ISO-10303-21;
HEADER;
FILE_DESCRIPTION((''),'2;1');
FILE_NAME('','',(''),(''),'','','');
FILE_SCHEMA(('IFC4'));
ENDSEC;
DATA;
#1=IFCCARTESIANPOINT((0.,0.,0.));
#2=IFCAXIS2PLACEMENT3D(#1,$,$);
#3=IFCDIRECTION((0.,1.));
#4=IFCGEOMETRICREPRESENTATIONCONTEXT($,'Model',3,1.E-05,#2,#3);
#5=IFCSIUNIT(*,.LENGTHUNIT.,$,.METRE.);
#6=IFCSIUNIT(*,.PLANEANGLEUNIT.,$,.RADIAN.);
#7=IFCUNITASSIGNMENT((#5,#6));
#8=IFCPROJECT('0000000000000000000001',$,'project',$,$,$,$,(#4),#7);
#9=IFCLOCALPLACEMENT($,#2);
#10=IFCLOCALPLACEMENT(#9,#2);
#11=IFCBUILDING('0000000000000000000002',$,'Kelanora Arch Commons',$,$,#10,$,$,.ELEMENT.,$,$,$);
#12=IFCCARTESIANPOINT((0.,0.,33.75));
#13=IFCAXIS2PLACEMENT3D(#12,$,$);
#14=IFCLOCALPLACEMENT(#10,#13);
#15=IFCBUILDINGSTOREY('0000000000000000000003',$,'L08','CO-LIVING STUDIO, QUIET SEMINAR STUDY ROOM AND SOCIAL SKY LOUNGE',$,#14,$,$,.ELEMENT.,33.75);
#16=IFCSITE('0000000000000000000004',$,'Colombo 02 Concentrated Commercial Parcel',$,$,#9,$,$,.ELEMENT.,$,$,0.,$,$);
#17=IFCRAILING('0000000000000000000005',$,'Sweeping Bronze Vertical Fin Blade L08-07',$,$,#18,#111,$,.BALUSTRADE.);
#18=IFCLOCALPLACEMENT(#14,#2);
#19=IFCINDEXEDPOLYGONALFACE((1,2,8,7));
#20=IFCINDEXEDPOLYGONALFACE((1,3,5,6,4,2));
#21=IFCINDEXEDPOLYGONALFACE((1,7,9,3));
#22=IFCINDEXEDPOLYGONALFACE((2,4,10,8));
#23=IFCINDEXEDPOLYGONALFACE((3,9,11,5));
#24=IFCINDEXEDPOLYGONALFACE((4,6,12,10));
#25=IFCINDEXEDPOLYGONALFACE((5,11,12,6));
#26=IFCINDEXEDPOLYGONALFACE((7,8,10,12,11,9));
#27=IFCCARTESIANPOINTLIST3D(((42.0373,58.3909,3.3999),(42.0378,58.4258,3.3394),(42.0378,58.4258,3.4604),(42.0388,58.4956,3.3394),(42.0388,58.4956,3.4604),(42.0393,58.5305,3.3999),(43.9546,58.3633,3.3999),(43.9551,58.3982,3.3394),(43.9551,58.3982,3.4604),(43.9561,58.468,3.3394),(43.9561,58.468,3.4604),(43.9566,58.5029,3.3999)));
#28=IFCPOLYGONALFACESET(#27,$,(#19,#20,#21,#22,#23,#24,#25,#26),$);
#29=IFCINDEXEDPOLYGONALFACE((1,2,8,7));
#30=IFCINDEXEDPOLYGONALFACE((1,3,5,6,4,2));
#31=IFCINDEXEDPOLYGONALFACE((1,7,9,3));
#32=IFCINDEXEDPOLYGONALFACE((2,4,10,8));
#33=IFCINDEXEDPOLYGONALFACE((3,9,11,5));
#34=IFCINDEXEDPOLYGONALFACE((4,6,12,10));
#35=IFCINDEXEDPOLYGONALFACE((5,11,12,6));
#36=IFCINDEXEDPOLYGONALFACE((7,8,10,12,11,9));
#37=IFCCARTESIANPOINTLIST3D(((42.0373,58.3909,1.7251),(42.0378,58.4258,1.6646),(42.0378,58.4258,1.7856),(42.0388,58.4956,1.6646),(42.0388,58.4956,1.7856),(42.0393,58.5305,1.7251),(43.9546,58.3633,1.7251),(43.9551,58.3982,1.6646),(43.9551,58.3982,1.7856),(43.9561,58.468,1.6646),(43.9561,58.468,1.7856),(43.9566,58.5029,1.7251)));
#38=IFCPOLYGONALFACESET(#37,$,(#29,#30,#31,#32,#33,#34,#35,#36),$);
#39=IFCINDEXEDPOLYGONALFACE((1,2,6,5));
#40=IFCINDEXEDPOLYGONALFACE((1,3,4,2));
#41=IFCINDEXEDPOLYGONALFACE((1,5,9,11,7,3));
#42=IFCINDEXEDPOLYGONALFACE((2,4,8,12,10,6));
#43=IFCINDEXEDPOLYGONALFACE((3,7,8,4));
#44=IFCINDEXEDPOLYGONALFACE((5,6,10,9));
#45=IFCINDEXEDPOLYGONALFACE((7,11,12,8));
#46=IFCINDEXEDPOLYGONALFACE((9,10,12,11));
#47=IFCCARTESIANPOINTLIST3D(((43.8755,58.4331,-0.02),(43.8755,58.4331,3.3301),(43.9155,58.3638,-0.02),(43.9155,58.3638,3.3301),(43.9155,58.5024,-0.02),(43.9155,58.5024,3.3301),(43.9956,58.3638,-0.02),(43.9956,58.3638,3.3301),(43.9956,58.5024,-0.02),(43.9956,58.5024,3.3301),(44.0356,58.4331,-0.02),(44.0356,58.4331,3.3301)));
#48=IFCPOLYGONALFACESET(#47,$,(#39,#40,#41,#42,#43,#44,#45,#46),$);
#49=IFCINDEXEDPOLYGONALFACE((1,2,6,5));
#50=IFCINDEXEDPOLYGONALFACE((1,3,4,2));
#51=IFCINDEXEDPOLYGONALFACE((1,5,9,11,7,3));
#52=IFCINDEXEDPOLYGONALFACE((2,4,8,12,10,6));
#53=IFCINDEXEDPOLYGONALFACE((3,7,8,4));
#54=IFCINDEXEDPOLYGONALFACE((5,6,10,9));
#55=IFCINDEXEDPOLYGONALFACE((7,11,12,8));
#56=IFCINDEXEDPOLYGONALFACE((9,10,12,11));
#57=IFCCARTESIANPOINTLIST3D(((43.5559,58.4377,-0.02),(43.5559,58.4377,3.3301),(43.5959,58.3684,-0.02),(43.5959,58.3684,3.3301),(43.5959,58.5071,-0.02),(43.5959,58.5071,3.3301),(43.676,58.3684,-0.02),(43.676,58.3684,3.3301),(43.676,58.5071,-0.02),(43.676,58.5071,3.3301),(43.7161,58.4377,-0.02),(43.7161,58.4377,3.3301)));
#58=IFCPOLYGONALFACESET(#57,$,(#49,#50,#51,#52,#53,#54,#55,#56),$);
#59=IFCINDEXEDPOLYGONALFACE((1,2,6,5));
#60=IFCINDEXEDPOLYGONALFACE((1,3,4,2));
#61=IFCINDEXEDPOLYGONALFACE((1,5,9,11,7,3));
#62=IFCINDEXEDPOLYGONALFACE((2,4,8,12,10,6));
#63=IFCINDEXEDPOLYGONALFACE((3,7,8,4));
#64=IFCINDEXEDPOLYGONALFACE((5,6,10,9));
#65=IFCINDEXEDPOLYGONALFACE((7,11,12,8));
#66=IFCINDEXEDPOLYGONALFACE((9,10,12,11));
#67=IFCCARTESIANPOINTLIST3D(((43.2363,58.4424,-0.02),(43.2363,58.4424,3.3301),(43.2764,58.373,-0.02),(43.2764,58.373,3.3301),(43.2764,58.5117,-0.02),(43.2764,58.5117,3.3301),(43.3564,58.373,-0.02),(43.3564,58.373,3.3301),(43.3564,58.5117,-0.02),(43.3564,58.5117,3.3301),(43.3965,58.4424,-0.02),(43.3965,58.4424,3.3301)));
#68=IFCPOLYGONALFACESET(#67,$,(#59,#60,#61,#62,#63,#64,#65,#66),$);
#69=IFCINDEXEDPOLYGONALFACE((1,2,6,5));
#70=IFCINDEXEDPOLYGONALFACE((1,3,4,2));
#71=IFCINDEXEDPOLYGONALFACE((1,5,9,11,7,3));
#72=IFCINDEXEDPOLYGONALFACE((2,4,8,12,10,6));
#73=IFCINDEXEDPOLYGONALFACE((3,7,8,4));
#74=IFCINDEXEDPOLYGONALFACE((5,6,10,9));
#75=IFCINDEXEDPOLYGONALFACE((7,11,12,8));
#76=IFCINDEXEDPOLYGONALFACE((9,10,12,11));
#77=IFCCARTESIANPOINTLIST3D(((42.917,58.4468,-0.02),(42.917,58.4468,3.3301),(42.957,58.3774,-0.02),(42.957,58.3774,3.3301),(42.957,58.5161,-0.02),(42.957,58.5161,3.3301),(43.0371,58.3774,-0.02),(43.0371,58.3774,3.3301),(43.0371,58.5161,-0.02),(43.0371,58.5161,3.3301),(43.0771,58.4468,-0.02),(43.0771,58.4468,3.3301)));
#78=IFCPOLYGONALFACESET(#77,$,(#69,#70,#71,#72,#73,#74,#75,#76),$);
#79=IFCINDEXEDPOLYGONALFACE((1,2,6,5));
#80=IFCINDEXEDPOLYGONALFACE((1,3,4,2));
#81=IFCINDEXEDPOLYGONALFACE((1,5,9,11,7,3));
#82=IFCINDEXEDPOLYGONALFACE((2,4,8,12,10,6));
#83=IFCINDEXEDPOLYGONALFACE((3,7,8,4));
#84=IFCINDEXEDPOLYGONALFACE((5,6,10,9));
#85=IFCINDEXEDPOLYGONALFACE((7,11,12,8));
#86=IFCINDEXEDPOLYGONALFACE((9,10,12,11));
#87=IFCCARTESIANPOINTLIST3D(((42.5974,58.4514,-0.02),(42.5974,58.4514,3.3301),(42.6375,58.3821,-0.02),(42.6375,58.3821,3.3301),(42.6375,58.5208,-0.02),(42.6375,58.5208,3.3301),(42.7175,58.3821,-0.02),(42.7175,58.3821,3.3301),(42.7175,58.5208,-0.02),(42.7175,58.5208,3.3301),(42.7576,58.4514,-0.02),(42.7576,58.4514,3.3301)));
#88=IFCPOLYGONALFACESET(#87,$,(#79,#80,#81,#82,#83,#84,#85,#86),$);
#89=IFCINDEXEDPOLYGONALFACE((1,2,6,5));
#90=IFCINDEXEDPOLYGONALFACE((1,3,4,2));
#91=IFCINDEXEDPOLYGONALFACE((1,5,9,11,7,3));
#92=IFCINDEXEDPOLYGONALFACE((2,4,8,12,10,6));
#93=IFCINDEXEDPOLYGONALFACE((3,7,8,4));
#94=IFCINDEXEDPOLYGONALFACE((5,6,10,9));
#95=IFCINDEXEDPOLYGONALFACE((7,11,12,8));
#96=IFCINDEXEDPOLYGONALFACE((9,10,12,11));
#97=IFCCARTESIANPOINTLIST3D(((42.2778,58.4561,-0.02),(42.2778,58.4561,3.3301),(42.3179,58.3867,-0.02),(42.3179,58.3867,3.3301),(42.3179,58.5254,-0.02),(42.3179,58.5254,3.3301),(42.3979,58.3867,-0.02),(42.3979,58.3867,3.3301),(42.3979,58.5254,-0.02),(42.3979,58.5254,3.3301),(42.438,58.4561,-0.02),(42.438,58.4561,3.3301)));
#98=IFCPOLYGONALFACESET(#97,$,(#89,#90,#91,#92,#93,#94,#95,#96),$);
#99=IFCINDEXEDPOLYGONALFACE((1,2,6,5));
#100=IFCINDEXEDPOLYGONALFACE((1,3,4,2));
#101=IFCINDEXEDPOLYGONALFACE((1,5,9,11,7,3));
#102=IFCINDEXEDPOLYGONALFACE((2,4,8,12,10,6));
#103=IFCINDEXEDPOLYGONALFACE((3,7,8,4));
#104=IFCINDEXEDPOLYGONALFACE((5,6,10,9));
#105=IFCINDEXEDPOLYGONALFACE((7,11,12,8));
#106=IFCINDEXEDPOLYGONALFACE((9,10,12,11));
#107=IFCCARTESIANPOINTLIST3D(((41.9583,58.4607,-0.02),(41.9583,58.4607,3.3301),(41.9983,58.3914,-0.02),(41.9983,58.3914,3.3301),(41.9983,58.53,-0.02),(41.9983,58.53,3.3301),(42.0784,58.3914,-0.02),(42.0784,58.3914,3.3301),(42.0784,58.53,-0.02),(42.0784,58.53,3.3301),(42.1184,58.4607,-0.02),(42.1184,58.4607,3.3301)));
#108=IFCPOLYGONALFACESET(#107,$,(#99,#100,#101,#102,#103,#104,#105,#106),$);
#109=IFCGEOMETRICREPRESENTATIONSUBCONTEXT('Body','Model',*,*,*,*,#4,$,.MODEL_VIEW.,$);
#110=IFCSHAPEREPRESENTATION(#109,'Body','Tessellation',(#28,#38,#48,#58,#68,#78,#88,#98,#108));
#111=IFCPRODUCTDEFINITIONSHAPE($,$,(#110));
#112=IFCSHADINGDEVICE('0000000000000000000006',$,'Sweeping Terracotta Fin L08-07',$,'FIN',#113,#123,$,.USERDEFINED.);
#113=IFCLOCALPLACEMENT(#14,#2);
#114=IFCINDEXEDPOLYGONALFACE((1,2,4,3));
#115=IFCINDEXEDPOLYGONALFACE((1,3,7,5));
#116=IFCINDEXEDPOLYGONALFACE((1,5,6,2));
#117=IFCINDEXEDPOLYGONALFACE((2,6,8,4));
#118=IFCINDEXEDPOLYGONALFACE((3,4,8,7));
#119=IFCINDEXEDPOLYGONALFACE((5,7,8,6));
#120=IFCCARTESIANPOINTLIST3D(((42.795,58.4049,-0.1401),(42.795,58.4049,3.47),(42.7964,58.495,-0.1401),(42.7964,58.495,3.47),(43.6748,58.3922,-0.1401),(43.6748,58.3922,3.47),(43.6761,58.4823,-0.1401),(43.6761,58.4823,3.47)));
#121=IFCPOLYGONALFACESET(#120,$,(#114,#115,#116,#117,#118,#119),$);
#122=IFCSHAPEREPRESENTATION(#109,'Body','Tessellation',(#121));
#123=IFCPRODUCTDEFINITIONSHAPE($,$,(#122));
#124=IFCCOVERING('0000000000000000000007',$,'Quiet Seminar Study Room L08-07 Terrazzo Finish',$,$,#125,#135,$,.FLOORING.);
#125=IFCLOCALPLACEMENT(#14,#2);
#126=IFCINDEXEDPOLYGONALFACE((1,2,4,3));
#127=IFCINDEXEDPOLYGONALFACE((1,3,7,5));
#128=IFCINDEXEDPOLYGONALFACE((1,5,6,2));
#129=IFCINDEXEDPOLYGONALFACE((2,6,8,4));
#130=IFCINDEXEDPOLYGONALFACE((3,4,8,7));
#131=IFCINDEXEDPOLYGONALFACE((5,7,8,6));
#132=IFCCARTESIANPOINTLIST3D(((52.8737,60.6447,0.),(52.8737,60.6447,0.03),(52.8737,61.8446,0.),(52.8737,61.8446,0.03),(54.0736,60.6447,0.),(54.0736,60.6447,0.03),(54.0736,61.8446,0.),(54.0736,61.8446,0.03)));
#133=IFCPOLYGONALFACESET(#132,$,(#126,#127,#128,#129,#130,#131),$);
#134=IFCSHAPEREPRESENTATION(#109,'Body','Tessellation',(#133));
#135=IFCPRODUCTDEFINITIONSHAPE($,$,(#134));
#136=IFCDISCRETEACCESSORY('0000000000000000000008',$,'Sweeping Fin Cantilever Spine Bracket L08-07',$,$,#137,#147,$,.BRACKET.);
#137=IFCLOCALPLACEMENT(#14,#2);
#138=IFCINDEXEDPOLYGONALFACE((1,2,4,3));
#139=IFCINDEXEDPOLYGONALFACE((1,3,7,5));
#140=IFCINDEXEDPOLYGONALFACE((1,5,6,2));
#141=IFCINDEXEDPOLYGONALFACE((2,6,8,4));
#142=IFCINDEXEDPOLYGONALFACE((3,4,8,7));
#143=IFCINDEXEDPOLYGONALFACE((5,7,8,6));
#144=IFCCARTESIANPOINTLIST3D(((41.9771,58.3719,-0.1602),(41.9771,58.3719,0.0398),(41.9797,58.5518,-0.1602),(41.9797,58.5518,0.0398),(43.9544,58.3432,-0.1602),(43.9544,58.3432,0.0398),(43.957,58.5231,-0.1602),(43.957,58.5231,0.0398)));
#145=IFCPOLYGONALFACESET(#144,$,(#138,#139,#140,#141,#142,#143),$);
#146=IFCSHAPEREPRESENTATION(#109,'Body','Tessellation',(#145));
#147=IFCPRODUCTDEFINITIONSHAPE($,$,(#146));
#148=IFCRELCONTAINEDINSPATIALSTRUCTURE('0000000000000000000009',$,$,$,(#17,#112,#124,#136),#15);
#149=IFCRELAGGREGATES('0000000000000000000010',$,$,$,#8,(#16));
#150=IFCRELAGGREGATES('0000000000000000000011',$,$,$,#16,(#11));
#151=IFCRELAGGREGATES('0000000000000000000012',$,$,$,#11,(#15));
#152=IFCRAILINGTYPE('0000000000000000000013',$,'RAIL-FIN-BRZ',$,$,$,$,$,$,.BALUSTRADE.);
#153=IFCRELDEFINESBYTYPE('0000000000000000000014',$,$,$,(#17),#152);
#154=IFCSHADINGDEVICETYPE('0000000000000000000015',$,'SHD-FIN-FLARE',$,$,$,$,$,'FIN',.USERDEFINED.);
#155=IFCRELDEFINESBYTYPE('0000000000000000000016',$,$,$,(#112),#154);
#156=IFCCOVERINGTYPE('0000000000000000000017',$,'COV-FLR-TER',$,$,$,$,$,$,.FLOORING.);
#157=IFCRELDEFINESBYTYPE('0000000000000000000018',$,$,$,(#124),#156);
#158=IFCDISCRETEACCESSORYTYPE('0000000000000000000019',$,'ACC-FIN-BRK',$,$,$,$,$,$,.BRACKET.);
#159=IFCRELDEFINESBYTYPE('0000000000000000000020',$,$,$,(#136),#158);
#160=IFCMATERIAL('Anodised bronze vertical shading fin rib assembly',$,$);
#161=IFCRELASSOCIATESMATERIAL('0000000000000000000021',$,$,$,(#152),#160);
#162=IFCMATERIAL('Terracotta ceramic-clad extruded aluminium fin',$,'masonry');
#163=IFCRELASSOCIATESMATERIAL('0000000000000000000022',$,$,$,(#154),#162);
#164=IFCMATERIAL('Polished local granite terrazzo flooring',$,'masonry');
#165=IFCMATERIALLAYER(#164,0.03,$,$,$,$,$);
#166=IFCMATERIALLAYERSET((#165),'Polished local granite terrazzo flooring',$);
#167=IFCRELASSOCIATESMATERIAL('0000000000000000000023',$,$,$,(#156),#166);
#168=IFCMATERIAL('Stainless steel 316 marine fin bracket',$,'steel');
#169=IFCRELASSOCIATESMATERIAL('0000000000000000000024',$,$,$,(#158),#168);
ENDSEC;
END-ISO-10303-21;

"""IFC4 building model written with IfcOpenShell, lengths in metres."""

from ifc_helpers import new_model, si_unit, direction, frame, origin, origin_2d, place, context, subcontext, project, spatial, polyline, rectangle, outline, extrude, source, transform, mapped, material, layer, layer_set, type_object, element, save


model = new_model("IFC4")

# Units and contexts
model_context = context("Model", 3, precision=1e-05, world=origin(), true_north=direction((0.0, 1.0)))
body_context = subcontext(model_context, "Body", "Model", "MODEL_VIEW")
ifc_project = project(units=[si_unit("LENGTHUNIT", "METRE"), si_unit("PLANEANGLEUNIT", "RADIAN")], contexts=[model_context])

# Site, building, storey
site_placement = place(None, origin())
site = spatial("IfcSite", under=ifc_project, at=site_placement, Name="Colombo 02 Concentrated Commercial Parcel", CompositionType="ELEMENT", RefElevation=0.0)
building_placement = place(site_placement, origin())
building = spatial("IfcBuilding", under=site, at=building_placement, Name="Kelanora Arch Commons", CompositionType="ELEMENT")
storey_placement = place(building_placement, frame((0.0, 0.0, 33.75)))
storey = spatial("IfcBuildingStorey", under=building, at=storey_placement, Name="L08", Description="CO-LIVING STUDIO, QUIET SEMINAR STUDY ROOM AND SOCIAL SKY LOUNGE", CompositionType="ELEMENT", Elevation=33.75)

# Railing
ifc_material_1 = material(Name="Anodised bronze vertical shading fin rib assembly")
railing_type = type_object("IfcRailingType", Name="RAIL-FIN-BRZ", PredefinedType="BALUSTRADE", material=ifc_material_1)
railing_placement = place(storey_placement, frame((43.9556, 58.4331, -0.02)))
element("IfcRailing", 1, at=railing_placement, inside=storey, type_object=railing_type, Name="Sweeping Bronze Vertical Fin Blade L08-07", PredefinedType="BALUSTRADE", context=body_context, shape_type="SweptSolid", body=[
    extrude(outline(polyline([(0.0698, 0.0), (0.0349, 0.0605), (-0.0349, 0.0605), (-0.0698, 0.0), (-0.0349, -0.0605), (0.0349, -0.0605), (0.0698, 0.0)])), frame((0.0, 0.0, 3.4199), z_axis=(-0.999896, 0.014388, 0.0), x_axis=(-0.014388, -0.999896, 0.0)), (0.0, 0.0, 1.0), 1.9175),
    extrude(outline(polyline([(0.0698, 0.0), (0.0349, 0.0605), (-0.0349, 0.0605), (-0.0698, 0.0), (-0.0349, -0.0605), (0.0349, -0.0605), (0.0698, 0.0)])), frame((0.0, 0.0, 1.7451), z_axis=(-0.999896, 0.014388, 0.0), x_axis=(-0.014388, -0.999896, 0.0)), (0.0, 0.0, 1.0), 1.9175),
    extrude(outline(polyline([(0.0801, 0.0), (0.04, 0.0693), (-0.04, 0.0693), (-0.0801, 0.0), (-0.04, -0.0693), (0.04, -0.0693), (0.0801, 0.0)])), origin(), (0.0, 0.0, 1.0), 3.3501),
    extrude(outline(polyline([(0.0801, 0.0), (0.04, 0.0693), (-0.04, 0.0693), (-0.0801, 0.0), (-0.04, -0.0693), (0.04, -0.0693), (0.0801, 0.0)])), frame((-0.3196, 0.0046, 0.0)), (0.0, 0.0, 1.0), 3.3501),
    extrude(outline(polyline([(0.0801, 0.0), (0.04, 0.0693), (-0.04, 0.0693), (-0.0801, 0.0), (-0.04, -0.0693), (0.04, -0.0693), (0.0801, 0.0)])), frame((-0.6392, 0.0093, 0.0)), (0.0, 0.0, 1.0), 3.3501),
    extrude(outline(polyline([(0.0801, 0.0), (0.04, 0.0693), (-0.04, 0.0693), (-0.0801, 0.0), (-0.04, -0.0693), (0.04, -0.0693), (0.0801, 0.0)])), frame((-0.9585, 0.0137, 0.0)), (0.0, 0.0, 1.0), 3.3501),
    extrude(outline(polyline([(0.0801, 0.0), (0.04, 0.0693), (-0.04, 0.0693), (-0.0801, 0.0), (-0.04, -0.0693), (0.04, -0.0693), (0.0801, 0.0)])), frame((-1.2781, 0.0183, 0.0)), (0.0, 0.0, 1.0), 3.3501),
    extrude(outline(polyline([(0.0801, 0.0), (0.04, 0.0693), (-0.04, 0.0693), (-0.0801, 0.0), (-0.04, -0.0693), (0.04, -0.0693), (0.0801, 0.0)])), frame((-1.5977, 0.0229, 0.0)), (0.0, 0.0, 1.0), 3.3501),
    extrude(outline(polyline([(0.0801, 0.0), (0.04, 0.0693), (-0.04, 0.0693), (-0.0801, 0.0), (-0.04, -0.0693), (0.04, -0.0693), (0.0801, 0.0)])), frame((-1.9172, 0.0276, 0.0)), (0.0, 0.0, 1.0), 3.3501),
])

# Shading device
ifc_material_2 = material(Name="Terracotta ceramic-clad extruded aluminium fin", Category="masonry")
shading_device_type = type_object("IfcShadingDeviceType", Name="SHD-FIN-FLARE", ElementType="FIN", PredefinedType="USERDEFINED", material=ifc_material_2)
shared_shape_1 = source(origin(), body_context, "Body", "SweptSolid", [
    extrude(rectangle(XDim=0.8799, YDim=0.0901, at=origin_2d()), origin(), (0.0, 0.0, 1.0), 3.6101),
])
shading_device_placement = place(storey_placement, frame((43.2356, 58.4436, -0.1401), z_axis=(0.0, 0.0, 1.0), x_axis=(-0.999895, 0.014486, 0.0)))
element("IfcShadingDevice", 2, at=shading_device_placement, inside=storey, type_object=shading_device_type, Name="Sweeping Terracotta Fin L08-07", ObjectType="FIN", PredefinedType="USERDEFINED", context=body_context, shape_type="MappedRepresentation", body=[
    mapped(shared_shape_1, transform((0.0, 0.0, 0.0), scale=1.0)),
])

# Covering
ifc_material_3 = material(Name="Polished local granite terrazzo flooring", Category="masonry")
ifc_layer_1 = layer(ifc_material_3, 0.03)
ifc_layer_set_1 = layer_set([ifc_layer_1], Name="Polished local granite terrazzo flooring")
covering_type = type_object("IfcCoveringType", Name="COV-FLR-TER", PredefinedType="FLOORING", material=ifc_layer_set_1)
shared_shape_2 = source(origin(), body_context, "Body", "SweptSolid", [
    extrude(rectangle(XDim=1.2, YDim=1.2, at=origin_2d()), origin(), (0.0, 0.0, 1.0), 0.03),
])
covering_placement = place(storey_placement, frame((53.4736, 61.2446, 0.0), z_axis=(0.0, 0.0, 1.0), x_axis=(1.0, 0.0, 0.0)))
element("IfcCovering", 3, at=covering_placement, inside=storey, type_object=covering_type, Name="Quiet Seminar Study Room L08-07 Terrazzo Finish", PredefinedType="FLOORING", context=body_context, shape_type="MappedRepresentation", body=[
    mapped(shared_shape_2, transform((0.0, 0.0, 0.0), scale=1.0)),
])

# Discrete accessory
ifc_material_4 = material(Name="Stainless steel 316 marine fin bracket", Category="steel")
discrete_accessory_type = type_object("IfcDiscreteAccessoryType", Name="ACC-FIN-BRK", PredefinedType="BRACKET", material=ifc_material_4)
shared_shape_3 = source(origin(), body_context, "Body", "SweptSolid", [
    extrude(rectangle(XDim=1.9775, YDim=0.1799, at=origin_2d()), origin(), (0.0, 0.0, 1.0), 0.2),
])
discrete_accessory_placement = place(storey_placement, frame((42.967, 58.4475, -0.1602), z_axis=(0.0, 0.0, 1.0), x_axis=(-0.999895, 0.014486, 0.0)))
element("IfcDiscreteAccessory", 4, at=discrete_accessory_placement, inside=storey, type_object=discrete_accessory_type, Name="Sweeping Fin Cantilever Spine Bracket L08-07", PredefinedType="BRACKET", context=body_context, shape_type="MappedRepresentation", body=[
    mapped(shared_shape_3, transform((0.0, 0.0, 0.0), scale=1.0)),
])

save(model, "model.ifc")
